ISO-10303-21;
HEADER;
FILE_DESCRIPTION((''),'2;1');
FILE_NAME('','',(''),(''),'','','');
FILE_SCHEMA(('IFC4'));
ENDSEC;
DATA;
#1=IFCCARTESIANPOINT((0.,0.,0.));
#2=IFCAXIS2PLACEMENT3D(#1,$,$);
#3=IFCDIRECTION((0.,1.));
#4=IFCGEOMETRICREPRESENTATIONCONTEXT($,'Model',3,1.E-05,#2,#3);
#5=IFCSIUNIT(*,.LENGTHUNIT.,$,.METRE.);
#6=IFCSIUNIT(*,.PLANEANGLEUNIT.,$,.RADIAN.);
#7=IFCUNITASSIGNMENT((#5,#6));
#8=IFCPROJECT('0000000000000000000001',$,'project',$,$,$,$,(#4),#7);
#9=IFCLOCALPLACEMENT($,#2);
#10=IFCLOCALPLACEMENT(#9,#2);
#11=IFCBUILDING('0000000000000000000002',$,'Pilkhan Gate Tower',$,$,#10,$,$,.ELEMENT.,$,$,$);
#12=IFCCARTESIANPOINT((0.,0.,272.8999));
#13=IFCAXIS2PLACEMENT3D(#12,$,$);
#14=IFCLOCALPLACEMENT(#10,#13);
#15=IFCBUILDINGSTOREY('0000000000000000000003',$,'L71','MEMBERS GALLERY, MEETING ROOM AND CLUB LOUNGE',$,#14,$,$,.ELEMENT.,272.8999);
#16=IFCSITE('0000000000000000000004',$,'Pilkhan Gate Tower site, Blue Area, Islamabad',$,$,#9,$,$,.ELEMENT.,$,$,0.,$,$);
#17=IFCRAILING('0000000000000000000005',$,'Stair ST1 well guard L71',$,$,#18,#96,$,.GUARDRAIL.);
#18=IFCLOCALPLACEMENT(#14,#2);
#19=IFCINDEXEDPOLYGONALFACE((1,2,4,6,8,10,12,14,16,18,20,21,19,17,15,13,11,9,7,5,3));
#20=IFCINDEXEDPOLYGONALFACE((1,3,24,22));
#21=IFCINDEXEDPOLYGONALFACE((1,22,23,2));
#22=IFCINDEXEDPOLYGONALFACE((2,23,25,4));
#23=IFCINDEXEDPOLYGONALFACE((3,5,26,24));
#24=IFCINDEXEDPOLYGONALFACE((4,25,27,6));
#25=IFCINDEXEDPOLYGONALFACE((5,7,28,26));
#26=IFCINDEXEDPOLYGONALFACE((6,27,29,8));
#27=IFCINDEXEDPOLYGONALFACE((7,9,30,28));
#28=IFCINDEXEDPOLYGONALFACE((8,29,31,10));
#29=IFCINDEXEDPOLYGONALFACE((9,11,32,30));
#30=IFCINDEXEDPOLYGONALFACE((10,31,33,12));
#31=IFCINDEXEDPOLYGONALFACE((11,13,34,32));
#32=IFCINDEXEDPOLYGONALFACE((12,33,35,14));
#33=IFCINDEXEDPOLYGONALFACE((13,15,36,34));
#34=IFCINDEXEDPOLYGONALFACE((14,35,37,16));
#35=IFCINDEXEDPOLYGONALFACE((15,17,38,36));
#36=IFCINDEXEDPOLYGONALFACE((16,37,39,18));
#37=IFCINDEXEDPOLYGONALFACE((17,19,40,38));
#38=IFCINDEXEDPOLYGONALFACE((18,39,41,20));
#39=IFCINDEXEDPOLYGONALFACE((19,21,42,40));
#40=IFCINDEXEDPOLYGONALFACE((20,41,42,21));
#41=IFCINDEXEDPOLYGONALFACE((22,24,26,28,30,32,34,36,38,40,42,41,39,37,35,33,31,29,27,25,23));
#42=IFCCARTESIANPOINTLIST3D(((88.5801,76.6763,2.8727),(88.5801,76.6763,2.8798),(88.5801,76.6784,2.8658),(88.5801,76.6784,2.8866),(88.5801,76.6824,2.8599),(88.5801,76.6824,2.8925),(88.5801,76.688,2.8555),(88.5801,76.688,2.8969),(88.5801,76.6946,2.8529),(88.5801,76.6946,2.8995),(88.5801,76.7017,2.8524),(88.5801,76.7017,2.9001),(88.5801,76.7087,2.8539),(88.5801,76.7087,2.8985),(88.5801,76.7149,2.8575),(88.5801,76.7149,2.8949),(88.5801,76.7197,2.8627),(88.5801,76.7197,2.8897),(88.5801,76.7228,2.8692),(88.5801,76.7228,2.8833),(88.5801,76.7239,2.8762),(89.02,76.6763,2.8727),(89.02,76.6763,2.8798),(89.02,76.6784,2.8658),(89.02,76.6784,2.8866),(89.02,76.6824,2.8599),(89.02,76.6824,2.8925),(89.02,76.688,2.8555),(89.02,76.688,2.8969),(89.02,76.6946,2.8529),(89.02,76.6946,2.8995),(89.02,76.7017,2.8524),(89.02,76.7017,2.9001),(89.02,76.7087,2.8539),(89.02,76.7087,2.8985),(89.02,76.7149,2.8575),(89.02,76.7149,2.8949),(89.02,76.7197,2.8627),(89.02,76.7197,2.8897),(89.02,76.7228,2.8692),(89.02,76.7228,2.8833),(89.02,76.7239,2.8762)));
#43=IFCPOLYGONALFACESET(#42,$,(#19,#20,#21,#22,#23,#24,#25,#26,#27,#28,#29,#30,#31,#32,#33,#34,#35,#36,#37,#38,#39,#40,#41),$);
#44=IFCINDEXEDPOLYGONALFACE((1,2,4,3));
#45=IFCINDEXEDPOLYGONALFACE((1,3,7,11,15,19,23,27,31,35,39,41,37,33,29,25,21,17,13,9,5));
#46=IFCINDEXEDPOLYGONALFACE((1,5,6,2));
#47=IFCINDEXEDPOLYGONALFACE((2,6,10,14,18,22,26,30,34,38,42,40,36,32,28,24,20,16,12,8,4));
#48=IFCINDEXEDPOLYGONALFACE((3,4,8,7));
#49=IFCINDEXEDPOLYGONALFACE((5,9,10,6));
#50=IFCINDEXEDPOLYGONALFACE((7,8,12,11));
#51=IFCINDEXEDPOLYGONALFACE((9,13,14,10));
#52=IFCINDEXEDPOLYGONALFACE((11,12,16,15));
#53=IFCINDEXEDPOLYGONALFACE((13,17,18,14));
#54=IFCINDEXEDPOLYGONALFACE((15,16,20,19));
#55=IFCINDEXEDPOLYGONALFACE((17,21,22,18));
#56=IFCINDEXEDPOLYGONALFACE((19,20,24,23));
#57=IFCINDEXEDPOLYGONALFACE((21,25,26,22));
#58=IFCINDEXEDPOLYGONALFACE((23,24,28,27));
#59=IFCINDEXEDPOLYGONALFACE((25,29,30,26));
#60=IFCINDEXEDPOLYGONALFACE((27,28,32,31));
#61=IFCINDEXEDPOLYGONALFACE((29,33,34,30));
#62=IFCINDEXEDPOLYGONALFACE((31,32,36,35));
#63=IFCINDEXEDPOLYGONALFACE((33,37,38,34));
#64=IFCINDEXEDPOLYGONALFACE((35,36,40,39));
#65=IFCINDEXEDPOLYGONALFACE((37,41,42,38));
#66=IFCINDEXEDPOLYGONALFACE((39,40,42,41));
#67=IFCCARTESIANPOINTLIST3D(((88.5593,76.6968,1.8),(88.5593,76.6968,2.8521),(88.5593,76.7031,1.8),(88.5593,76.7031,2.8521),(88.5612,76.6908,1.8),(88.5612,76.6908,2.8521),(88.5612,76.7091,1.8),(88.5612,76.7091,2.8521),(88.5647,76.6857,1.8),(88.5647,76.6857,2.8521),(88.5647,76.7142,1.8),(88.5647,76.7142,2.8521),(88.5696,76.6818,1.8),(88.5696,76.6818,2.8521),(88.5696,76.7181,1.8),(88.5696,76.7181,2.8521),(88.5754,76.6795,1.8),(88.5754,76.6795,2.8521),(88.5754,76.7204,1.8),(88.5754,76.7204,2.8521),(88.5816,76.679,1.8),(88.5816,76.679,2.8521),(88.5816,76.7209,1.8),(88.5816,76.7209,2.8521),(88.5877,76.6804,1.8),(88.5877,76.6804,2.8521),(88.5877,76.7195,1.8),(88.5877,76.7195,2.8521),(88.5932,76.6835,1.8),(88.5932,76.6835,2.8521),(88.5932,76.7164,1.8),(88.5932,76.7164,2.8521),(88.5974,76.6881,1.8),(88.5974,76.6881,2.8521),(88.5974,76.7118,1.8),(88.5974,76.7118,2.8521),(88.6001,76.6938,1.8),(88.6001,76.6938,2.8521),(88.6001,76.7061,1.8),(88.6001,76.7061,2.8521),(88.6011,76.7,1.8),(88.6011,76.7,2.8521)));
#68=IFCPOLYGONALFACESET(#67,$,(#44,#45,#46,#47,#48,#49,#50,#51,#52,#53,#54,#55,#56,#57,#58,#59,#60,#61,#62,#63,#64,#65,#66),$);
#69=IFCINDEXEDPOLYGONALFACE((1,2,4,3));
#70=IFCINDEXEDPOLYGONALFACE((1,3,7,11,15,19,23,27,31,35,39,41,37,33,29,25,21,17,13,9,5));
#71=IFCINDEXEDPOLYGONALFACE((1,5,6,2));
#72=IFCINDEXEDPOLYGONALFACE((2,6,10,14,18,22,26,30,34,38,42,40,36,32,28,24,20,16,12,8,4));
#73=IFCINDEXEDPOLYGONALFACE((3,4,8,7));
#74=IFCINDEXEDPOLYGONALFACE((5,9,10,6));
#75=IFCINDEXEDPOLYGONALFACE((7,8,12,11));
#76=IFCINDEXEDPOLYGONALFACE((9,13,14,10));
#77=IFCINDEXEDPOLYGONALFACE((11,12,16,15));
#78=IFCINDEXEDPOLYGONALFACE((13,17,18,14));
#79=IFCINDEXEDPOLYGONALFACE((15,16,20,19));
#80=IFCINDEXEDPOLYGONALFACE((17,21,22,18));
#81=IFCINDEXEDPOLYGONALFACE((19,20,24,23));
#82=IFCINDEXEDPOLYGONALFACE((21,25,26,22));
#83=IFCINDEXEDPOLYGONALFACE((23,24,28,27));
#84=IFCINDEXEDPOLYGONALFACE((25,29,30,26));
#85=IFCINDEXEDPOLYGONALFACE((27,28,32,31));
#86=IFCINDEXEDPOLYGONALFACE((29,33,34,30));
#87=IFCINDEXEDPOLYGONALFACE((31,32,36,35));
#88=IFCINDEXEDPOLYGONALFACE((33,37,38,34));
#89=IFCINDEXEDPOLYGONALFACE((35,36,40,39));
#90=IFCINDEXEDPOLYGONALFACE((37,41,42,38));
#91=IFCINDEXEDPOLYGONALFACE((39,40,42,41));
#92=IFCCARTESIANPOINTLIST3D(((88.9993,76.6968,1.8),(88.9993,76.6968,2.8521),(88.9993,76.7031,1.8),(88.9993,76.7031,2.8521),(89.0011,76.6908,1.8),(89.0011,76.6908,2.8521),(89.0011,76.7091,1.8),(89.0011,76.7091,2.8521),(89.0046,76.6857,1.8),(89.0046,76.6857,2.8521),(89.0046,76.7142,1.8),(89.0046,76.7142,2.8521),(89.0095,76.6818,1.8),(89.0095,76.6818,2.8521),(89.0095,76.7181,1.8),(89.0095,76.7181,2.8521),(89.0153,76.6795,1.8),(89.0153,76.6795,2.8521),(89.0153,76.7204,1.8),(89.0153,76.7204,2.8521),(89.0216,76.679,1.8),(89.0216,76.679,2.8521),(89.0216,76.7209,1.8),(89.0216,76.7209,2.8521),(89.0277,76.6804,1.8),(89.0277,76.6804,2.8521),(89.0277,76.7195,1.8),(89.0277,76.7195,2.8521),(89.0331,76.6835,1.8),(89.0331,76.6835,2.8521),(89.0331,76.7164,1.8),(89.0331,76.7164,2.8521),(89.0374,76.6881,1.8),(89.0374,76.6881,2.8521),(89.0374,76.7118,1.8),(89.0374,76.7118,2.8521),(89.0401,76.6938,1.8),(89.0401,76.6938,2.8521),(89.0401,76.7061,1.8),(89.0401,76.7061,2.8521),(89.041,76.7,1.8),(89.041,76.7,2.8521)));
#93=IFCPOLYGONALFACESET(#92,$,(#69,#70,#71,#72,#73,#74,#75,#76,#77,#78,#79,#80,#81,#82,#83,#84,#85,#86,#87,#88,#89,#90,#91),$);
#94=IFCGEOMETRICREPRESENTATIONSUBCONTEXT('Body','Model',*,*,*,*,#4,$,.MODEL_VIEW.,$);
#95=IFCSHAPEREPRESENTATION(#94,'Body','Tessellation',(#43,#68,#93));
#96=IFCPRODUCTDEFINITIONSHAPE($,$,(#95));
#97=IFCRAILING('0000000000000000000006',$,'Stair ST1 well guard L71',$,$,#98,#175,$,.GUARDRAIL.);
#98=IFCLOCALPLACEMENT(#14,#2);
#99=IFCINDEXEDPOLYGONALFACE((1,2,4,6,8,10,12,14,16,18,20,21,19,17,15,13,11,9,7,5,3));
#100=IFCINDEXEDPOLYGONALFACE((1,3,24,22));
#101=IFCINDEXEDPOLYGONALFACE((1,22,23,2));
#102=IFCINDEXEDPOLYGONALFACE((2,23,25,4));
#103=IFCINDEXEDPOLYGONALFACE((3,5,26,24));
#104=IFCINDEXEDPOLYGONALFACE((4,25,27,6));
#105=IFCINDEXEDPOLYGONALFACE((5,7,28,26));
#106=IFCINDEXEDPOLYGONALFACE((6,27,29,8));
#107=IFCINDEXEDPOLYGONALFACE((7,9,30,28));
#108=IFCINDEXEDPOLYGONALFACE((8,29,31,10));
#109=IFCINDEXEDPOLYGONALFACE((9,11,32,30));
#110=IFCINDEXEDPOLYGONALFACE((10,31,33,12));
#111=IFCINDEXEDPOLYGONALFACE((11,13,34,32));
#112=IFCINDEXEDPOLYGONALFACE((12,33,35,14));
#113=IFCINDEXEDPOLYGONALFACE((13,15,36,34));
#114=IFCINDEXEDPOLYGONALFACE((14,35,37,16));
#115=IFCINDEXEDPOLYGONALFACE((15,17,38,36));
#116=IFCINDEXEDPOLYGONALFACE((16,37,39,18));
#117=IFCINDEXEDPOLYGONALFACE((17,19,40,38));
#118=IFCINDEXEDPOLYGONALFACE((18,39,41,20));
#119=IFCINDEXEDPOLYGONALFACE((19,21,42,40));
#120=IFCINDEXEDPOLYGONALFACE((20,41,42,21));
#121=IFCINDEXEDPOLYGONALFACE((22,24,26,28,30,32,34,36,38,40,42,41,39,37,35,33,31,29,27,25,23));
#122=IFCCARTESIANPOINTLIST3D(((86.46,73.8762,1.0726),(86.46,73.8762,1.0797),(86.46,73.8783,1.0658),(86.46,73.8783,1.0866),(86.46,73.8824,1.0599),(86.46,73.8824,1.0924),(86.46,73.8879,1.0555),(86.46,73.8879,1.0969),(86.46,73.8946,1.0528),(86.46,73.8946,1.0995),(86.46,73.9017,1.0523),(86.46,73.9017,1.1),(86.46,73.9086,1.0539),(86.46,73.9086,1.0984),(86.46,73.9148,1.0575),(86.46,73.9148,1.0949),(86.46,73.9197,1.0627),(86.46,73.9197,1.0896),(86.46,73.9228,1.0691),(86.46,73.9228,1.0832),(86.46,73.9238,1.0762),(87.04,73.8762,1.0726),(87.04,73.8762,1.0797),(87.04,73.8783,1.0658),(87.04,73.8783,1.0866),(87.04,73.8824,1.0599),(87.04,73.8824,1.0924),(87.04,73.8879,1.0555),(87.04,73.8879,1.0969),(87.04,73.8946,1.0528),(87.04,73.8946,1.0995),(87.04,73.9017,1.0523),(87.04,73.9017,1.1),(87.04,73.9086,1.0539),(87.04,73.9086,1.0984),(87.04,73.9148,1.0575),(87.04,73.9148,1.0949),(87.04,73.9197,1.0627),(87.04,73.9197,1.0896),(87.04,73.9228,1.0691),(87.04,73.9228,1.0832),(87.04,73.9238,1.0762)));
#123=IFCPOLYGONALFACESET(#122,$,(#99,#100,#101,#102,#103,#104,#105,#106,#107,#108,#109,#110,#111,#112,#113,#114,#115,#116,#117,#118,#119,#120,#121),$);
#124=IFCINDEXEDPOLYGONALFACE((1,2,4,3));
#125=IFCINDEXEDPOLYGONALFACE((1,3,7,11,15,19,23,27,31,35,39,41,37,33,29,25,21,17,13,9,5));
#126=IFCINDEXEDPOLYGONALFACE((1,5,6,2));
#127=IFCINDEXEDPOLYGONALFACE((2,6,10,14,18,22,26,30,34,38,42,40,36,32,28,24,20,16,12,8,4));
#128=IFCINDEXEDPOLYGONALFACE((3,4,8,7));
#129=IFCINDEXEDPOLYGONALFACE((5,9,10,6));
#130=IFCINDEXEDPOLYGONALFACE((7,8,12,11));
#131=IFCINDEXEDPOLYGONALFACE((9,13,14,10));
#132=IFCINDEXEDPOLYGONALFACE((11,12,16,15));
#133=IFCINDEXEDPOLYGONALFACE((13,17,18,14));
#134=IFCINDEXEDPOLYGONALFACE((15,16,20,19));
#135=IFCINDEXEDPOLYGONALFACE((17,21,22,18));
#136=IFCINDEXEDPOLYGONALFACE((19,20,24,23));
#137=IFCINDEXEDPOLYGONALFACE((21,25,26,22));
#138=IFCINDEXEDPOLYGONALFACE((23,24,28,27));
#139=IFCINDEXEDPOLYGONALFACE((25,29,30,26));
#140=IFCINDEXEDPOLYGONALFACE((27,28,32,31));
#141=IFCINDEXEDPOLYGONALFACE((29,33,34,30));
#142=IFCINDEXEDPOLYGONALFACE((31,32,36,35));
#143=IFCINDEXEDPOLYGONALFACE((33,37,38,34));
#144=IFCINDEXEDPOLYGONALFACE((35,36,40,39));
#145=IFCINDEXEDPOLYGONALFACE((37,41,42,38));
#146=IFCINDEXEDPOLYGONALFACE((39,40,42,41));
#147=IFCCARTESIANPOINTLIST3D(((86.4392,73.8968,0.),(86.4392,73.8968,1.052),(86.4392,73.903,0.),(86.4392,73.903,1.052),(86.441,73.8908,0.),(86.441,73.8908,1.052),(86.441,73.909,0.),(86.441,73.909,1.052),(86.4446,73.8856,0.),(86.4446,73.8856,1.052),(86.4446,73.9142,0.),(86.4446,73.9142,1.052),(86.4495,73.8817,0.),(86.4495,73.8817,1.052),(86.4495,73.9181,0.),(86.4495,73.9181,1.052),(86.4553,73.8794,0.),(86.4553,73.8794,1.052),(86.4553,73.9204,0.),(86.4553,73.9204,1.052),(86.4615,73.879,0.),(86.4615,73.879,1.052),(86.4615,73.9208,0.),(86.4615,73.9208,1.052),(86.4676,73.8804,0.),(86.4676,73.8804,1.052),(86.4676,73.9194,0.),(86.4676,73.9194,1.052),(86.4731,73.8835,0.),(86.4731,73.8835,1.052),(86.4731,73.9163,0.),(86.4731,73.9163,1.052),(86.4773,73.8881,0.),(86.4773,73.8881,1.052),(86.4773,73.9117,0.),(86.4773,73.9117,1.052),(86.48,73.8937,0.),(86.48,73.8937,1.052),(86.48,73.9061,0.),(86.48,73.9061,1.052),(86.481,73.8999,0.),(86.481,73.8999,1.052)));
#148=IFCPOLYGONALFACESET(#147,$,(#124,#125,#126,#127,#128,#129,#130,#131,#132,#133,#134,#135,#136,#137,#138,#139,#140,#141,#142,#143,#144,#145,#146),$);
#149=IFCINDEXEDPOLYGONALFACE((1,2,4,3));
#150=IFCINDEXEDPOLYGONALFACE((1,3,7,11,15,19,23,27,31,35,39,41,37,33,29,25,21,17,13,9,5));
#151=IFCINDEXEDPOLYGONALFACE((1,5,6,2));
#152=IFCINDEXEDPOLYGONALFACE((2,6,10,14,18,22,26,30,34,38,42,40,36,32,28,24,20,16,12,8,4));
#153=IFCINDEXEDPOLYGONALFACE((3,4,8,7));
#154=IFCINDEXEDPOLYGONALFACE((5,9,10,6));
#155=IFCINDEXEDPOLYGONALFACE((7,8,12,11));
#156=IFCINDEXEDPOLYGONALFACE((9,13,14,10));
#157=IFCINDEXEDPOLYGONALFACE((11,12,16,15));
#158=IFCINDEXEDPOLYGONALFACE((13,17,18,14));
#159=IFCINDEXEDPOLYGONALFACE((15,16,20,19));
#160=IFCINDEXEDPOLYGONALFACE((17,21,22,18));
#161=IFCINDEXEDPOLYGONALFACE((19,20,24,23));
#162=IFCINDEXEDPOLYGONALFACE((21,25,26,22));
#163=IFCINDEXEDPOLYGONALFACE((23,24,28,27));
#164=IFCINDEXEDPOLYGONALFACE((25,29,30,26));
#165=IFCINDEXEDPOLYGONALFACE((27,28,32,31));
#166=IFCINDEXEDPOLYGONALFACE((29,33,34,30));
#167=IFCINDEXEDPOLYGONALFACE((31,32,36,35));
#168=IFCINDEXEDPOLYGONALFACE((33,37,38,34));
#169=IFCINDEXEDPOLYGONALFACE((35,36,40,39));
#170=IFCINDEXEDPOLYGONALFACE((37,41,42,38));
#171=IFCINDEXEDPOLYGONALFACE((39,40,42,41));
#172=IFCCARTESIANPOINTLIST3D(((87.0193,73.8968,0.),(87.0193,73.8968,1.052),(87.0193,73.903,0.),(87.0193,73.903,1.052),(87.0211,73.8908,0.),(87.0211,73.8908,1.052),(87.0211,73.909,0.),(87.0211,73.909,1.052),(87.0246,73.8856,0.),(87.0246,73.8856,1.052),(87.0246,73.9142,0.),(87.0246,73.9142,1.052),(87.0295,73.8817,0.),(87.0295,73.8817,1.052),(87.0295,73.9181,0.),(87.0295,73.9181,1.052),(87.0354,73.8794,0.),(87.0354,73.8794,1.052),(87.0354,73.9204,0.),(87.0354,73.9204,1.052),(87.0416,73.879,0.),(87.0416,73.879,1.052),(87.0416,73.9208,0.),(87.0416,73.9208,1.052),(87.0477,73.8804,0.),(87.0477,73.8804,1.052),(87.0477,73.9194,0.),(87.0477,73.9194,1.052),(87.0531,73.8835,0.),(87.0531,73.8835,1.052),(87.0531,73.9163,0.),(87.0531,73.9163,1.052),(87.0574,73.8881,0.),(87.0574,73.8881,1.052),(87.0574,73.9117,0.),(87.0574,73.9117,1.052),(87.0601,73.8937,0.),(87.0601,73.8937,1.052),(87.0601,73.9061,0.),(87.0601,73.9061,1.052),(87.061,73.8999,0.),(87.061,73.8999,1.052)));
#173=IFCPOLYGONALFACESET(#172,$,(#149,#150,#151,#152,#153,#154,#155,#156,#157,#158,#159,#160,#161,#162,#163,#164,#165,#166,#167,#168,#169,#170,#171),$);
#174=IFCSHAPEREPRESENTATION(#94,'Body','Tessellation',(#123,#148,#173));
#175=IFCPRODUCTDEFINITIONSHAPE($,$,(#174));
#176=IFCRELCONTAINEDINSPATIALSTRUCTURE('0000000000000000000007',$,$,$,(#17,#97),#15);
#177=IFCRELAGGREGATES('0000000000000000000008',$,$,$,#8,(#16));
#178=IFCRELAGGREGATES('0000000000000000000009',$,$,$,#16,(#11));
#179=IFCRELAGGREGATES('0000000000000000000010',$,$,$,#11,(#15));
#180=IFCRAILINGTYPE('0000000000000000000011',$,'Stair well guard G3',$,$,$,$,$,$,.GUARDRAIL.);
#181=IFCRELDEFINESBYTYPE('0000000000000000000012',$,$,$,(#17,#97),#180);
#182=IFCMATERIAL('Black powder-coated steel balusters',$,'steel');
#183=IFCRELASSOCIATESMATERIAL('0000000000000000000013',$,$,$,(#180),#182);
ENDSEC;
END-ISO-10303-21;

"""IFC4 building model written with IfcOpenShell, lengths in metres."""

from ifc_helpers import new_model, si_unit, direction, frame, origin, origin_2d, place, context, subcontext, project, spatial, circle, extrude, material, type_object, element, save


model = new_model("IFC4")

# Units and contexts
model_context = context("Model", 3, precision=1e-05, world=origin(), true_north=direction((0.0, 1.0)))
body_context = subcontext(model_context, "Body", "Model", "MODEL_VIEW")
ifc_project = project(units=[si_unit("LENGTHUNIT", "METRE"), si_unit("PLANEANGLEUNIT", "RADIAN")], contexts=[model_context])

# Site, building, storey
site_placement = place(None, origin())
site = spatial("IfcSite", under=ifc_project, at=site_placement, Name="Pilkhan Gate Tower site, Blue Area, Islamabad", CompositionType="ELEMENT", RefElevation=0.0)
building_placement = place(site_placement, origin())
building = spatial("IfcBuilding", under=site, at=building_placement, Name="Pilkhan Gate Tower", CompositionType="ELEMENT")
storey_placement = place(building_placement, frame((0.0, 0.0, 272.8999)))
storey = spatial("IfcBuildingStorey", under=building, at=storey_placement, Name="L71", Description="MEMBERS GALLERY, MEETING ROOM AND CLUB LOUNGE", CompositionType="ELEMENT", Elevation=272.8999)

# Railings
ifc_material_1 = material(Name="Black powder-coated steel balusters", Category="steel")
railing_type_1 = type_object("IfcRailingType", Name="Stair well guard G3", PredefinedType="GUARDRAIL", material=ifc_material_1)
railing_1_placement = place(storey_placement, frame((88.5801, 76.7, 1.8)))
element("IfcRailing", 1, at=railing_1_placement, inside=storey, type_object=railing_type_1, Name="Stair ST1 well guard L71", PredefinedType="GUARDRAIL", context=body_context, shape_type="SweptSolid", body=[
    extrude(circle(Radius=0.0239, at=origin_2d()), frame((0.0, 0.0, 1.0762), z_axis=(1.0, 0.0, 0.0), x_axis=(0.0, 1.0, 0.0)), (0.0, 0.0, 1.0), 0.4399),
    extrude(circle(Radius=0.021, at=origin_2d()), origin(), (0.0, 0.0, 1.0), 1.052),
    extrude(circle(Radius=0.021, at=origin_2d()), frame((0.4399, 0.0, 0.0)), (0.0, 0.0, 1.0), 1.052),
])
for number, where, name in (
    (2, (86.46, 73.8999, 0.0), "Stair ST1 well guard L71"),
):
    element("IfcRailing", number, at=place(storey_placement, frame(where)), inside=storey, type_object=railing_type_1, Name=name, PredefinedType="GUARDRAIL", context=body_context, shape_type="SweptSolid", body=[
        extrude(circle(Radius=0.0239, at=origin_2d()), frame((0.0, 0.0, 1.0762), z_axis=(1.0, 0.0, 0.0), x_axis=(0.0, 1.0, 0.0)), (0.0, 0.0, 1.0), 0.5801),
        extrude(circle(Radius=0.021, at=origin_2d()), origin(), (0.0, 0.0, 1.0), 1.052),
        extrude(circle(Radius=0.021, at=origin_2d()), frame((0.5801, 0.0, 0.0)), (0.0, 0.0, 1.0), 1.052),
    ])

save(model, "model.ifc")
